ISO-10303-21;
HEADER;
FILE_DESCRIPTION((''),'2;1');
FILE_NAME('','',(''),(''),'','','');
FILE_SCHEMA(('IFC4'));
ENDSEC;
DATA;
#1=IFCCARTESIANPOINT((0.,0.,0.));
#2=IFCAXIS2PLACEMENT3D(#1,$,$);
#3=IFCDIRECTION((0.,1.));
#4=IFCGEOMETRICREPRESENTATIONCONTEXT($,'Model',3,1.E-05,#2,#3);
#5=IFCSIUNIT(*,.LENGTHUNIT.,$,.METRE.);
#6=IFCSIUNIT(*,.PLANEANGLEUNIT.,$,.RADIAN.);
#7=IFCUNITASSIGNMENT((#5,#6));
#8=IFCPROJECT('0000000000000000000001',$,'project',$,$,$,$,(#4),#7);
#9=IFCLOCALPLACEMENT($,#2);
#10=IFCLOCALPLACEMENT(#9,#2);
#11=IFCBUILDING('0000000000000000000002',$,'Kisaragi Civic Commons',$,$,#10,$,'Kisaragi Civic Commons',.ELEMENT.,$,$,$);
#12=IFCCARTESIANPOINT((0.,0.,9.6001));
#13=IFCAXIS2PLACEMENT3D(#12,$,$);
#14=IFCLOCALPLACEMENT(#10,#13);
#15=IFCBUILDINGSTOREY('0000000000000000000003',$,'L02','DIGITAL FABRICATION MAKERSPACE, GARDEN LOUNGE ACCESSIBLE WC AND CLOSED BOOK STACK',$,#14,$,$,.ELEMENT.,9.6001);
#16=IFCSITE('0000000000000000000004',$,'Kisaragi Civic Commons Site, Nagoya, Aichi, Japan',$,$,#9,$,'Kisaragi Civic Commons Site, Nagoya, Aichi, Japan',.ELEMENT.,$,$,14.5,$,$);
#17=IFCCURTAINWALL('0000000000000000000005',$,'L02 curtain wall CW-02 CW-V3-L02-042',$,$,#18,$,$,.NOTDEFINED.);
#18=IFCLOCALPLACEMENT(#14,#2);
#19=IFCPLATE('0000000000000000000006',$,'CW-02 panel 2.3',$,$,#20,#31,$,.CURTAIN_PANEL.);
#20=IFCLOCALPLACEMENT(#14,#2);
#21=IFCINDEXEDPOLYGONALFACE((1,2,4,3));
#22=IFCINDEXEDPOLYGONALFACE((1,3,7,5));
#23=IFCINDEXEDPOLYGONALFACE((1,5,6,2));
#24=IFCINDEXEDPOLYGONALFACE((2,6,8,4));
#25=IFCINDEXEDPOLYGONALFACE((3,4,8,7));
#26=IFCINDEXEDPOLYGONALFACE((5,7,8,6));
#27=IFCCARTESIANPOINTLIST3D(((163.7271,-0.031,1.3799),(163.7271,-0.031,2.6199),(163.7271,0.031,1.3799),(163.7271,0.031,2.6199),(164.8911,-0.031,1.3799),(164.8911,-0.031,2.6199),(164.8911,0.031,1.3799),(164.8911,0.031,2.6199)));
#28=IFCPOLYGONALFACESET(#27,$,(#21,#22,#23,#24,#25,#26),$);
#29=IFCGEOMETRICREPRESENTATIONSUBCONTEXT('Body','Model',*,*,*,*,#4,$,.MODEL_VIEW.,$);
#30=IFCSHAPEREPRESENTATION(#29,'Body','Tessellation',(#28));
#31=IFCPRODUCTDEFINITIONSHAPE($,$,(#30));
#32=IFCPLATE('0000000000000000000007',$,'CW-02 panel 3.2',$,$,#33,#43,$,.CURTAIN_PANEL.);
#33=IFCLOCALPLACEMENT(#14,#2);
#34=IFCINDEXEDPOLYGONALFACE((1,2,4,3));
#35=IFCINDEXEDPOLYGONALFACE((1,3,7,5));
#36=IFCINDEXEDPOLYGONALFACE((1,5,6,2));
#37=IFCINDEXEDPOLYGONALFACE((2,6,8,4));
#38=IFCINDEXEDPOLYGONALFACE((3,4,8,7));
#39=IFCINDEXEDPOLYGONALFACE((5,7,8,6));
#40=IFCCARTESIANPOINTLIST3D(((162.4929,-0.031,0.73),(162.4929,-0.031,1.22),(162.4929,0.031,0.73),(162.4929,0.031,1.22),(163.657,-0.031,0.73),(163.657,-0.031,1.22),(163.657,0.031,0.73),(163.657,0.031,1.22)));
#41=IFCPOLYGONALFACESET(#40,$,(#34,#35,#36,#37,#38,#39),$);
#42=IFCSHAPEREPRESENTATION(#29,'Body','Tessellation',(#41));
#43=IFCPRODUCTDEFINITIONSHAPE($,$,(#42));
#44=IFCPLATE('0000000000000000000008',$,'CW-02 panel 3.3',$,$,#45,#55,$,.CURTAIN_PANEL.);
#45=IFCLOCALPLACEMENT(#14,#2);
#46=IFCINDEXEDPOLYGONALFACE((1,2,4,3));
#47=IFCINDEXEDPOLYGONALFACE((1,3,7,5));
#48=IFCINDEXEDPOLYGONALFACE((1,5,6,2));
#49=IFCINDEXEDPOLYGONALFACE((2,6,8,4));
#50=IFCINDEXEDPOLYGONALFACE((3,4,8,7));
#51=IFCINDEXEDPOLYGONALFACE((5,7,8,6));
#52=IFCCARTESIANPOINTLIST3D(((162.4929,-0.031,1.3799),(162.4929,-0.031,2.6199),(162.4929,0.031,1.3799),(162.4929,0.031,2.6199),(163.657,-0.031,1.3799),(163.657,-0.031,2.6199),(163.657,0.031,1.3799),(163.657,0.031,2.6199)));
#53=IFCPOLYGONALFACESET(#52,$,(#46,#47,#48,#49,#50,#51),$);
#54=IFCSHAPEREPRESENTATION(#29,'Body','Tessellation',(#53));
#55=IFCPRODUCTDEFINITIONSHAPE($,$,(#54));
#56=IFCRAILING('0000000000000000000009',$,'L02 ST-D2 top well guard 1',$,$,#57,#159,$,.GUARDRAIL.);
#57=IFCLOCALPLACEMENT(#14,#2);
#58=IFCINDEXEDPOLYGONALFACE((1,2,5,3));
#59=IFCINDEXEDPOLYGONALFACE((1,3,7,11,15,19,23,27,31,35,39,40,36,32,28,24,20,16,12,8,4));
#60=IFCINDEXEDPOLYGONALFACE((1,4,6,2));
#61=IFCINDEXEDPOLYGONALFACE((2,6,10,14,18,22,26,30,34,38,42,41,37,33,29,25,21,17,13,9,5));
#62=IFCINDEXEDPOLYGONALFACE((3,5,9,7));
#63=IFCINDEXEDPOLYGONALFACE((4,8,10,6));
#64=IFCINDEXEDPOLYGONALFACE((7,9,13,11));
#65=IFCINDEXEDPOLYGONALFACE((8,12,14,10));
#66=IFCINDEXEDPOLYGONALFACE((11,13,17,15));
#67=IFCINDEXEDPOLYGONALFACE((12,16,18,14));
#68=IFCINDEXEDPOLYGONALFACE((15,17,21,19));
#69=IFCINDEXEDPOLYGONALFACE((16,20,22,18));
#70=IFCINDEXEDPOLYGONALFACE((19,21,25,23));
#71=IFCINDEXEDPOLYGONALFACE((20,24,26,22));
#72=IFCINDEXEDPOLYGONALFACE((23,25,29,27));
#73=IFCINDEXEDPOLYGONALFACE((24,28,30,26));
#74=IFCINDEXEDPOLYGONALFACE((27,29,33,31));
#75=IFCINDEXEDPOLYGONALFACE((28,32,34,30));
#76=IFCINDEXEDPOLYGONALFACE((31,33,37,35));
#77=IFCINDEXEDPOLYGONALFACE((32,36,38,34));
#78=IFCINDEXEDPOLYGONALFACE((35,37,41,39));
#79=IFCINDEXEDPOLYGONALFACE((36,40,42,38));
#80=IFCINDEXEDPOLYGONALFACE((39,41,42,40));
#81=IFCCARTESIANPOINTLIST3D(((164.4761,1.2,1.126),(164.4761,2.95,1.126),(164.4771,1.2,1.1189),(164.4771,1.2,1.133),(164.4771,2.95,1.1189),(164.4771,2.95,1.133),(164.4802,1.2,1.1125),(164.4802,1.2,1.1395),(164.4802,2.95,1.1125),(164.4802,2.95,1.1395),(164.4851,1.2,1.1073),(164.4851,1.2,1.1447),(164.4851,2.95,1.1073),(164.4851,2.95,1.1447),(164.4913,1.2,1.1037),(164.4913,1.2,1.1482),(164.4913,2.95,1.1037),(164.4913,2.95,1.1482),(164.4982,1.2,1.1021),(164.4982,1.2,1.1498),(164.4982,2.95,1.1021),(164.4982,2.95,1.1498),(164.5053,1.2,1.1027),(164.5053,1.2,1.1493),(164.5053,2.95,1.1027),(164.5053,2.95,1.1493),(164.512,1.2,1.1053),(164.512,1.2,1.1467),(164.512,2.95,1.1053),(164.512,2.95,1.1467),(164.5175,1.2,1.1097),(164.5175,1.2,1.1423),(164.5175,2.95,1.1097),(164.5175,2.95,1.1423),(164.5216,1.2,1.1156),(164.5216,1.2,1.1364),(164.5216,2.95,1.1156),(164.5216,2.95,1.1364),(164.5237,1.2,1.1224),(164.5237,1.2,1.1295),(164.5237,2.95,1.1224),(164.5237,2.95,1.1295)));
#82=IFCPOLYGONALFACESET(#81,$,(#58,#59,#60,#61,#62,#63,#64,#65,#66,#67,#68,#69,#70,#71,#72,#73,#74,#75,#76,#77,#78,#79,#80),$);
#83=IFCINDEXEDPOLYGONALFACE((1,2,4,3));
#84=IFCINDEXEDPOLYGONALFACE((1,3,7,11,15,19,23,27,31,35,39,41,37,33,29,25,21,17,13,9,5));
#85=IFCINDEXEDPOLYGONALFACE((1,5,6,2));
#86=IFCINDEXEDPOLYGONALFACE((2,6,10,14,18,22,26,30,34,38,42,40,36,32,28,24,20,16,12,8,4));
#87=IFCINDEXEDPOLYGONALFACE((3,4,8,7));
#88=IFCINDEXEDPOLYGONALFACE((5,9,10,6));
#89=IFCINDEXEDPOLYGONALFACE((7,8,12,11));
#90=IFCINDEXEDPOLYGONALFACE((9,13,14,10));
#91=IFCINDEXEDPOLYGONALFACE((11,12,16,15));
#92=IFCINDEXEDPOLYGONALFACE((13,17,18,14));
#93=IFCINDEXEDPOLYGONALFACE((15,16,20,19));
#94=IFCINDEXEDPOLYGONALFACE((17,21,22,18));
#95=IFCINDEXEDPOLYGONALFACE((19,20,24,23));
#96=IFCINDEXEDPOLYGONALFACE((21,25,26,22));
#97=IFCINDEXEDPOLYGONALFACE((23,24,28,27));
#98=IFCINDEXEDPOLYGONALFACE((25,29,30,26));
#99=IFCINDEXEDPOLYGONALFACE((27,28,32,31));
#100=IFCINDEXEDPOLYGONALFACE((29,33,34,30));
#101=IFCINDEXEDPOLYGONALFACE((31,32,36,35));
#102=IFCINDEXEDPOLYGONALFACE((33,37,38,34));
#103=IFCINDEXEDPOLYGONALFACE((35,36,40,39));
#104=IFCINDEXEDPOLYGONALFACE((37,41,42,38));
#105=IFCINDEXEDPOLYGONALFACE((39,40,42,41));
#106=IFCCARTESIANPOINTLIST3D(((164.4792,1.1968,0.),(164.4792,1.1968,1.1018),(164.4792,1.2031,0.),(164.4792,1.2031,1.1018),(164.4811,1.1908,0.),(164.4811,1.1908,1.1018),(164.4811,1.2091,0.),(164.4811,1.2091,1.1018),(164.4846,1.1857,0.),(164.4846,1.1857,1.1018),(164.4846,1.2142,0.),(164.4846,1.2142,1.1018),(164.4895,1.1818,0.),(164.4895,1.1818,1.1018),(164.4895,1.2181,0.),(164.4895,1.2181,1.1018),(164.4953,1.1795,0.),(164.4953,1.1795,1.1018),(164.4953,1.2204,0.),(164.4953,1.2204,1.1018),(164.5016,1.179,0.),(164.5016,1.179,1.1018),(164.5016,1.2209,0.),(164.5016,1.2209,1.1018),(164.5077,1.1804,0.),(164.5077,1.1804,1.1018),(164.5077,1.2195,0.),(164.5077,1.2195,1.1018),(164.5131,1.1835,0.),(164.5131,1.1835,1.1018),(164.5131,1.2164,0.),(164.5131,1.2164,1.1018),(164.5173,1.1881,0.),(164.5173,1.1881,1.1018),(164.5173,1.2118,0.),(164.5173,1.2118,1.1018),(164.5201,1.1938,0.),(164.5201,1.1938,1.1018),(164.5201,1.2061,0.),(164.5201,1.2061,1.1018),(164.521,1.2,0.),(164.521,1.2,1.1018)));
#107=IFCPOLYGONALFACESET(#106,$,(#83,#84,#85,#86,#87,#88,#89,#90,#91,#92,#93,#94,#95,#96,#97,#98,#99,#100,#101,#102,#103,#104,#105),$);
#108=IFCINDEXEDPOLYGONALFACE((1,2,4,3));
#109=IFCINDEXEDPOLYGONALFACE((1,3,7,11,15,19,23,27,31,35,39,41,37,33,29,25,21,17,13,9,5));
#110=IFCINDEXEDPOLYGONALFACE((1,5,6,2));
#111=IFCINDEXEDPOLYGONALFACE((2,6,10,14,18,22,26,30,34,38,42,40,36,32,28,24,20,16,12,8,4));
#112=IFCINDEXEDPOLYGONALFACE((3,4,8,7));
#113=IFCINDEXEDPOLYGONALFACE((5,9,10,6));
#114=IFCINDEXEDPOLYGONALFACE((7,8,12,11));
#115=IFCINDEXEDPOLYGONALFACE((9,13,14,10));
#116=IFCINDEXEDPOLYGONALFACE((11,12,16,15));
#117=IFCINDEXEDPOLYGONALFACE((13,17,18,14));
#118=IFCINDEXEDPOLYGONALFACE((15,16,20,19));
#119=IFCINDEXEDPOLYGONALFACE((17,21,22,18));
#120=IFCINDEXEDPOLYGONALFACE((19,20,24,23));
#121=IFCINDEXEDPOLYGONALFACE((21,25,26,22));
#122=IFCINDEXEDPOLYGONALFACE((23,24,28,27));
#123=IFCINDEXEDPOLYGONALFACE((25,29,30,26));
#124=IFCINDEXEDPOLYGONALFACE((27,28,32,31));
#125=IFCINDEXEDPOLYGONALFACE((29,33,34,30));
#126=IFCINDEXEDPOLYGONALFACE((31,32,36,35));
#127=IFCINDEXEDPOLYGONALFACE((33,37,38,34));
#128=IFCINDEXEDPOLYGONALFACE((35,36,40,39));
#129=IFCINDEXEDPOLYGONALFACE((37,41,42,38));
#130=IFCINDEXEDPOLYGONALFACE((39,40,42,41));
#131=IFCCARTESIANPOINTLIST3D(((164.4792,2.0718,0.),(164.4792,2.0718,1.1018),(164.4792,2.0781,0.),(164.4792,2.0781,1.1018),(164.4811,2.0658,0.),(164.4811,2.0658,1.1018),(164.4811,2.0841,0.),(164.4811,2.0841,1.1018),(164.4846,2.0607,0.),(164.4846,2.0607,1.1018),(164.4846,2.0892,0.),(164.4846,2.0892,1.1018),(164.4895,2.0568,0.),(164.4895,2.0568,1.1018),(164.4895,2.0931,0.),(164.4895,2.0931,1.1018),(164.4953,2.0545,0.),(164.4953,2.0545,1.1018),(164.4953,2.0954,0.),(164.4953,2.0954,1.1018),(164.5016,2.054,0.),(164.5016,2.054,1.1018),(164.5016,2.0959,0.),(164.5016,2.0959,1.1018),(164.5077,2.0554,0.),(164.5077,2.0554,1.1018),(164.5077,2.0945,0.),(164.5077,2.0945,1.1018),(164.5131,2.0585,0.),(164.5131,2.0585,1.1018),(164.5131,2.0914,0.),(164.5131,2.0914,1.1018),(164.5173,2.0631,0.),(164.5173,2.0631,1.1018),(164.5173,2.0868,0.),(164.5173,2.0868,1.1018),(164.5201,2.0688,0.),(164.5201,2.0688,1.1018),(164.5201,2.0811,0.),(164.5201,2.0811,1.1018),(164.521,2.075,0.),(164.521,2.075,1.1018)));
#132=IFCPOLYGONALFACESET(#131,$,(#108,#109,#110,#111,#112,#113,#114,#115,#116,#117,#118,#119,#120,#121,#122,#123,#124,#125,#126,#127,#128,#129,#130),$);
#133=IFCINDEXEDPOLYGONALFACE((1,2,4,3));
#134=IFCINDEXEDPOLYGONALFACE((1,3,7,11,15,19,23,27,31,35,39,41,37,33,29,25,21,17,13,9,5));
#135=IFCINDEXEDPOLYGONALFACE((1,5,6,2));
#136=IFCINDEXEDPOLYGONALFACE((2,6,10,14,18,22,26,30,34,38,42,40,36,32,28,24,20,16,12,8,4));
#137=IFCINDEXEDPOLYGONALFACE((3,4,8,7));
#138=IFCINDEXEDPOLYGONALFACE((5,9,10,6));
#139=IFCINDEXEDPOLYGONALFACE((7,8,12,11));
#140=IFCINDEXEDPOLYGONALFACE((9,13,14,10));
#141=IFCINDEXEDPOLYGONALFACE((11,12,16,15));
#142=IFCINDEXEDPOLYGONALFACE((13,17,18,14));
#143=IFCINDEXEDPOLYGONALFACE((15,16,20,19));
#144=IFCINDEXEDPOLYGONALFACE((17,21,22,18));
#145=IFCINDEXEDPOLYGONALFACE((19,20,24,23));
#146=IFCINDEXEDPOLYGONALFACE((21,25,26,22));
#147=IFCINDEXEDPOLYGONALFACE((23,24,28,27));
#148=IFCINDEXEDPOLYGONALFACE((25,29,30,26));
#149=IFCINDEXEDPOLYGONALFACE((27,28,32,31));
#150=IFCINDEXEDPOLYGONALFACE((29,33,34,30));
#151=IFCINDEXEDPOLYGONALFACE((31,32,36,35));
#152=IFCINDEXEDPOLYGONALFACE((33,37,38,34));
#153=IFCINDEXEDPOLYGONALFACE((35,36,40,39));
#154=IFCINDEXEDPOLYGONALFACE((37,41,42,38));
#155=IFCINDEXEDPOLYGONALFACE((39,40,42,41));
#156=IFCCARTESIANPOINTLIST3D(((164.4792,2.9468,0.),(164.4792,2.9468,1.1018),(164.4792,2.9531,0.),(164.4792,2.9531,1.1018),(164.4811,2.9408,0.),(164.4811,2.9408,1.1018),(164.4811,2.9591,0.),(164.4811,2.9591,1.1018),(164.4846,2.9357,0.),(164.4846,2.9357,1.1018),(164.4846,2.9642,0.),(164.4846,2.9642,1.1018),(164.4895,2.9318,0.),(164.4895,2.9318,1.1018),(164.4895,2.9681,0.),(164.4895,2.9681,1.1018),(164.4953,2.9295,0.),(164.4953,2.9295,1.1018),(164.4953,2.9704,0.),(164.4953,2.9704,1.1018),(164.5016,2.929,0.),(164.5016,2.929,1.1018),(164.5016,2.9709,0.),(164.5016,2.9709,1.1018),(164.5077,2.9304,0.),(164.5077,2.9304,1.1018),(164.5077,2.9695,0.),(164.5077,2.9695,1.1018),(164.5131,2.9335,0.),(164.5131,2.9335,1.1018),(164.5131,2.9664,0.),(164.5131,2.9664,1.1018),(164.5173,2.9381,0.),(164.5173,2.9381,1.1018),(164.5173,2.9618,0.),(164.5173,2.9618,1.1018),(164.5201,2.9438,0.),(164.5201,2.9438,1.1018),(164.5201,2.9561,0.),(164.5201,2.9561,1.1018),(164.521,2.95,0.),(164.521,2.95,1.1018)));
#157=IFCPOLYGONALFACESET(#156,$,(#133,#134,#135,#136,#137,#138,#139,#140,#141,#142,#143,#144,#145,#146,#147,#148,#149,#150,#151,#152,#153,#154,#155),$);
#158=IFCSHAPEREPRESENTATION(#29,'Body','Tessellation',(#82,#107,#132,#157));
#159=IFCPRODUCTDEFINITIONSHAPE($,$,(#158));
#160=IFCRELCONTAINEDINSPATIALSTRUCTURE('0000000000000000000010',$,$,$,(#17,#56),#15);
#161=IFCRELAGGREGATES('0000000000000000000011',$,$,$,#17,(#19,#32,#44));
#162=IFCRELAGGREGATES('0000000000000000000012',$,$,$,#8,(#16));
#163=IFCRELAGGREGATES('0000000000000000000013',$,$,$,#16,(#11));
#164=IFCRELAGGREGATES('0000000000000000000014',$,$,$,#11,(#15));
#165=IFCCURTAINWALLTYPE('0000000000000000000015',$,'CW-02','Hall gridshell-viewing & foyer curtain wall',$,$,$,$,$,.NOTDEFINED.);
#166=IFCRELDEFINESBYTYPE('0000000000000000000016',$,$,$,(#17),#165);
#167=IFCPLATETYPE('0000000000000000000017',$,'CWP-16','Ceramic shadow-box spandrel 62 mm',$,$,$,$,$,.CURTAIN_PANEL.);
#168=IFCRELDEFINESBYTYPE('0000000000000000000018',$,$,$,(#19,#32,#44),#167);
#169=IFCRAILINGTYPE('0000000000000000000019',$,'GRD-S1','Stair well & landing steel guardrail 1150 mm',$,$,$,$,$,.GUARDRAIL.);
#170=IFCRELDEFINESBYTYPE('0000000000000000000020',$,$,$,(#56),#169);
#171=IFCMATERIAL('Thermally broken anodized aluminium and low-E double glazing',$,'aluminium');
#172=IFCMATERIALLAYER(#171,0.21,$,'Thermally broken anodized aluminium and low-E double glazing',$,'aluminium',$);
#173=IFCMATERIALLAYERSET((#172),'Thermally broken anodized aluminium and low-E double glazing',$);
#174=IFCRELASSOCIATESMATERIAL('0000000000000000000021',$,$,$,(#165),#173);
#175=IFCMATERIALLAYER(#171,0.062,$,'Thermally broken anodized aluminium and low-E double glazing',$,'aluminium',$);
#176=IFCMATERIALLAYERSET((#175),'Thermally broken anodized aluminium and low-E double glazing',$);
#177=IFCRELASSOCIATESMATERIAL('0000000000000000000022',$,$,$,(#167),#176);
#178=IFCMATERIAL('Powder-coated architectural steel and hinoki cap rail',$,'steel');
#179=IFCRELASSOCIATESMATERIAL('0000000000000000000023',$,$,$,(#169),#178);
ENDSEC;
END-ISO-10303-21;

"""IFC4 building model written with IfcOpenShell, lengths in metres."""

from ifc_helpers import new_model, si_unit, direction, frame, origin, origin_2d, place, context, subcontext, project, spatial, rectangle, circle, extrude, material, layer, layer_set, type_object, element, aggregate, save


model = new_model("IFC4")

# Units and contexts
model_context = context("Model", 3, precision=1e-05, world=origin(), true_north=direction((0.0, 1.0)))
body_context = subcontext(model_context, "Body", "Model", "MODEL_VIEW")
ifc_project = project(units=[si_unit("LENGTHUNIT", "METRE"), si_unit("PLANEANGLEUNIT", "RADIAN")], contexts=[model_context])

# Site, building, storey
site_placement = place(None, origin())
site = spatial("IfcSite", under=ifc_project, at=site_placement, Name="Kisaragi Civic Commons Site, Nagoya, Aichi, Japan", LongName="Kisaragi Civic Commons Site, Nagoya, Aichi, Japan", CompositionType="ELEMENT", RefElevation=14.5)
building_placement = place(site_placement, origin())
building = spatial("IfcBuilding", under=site, at=building_placement, Name="Kisaragi Civic Commons", LongName="Kisaragi Civic Commons", CompositionType="ELEMENT")
storey_placement = place(building_placement, frame((0.0, 0.0, 9.6001)))
storey = spatial("IfcBuildingStorey", under=building, at=storey_placement, Name="L02", Description="DIGITAL FABRICATION MAKERSPACE, GARDEN LOUNGE ACCESSIBLE WC AND CLOSED BOOK STACK", CompositionType="ELEMENT", Elevation=9.6001)

# Shared definitions
ifc_material_1 = material(Name="Thermally broken anodized aluminium and low-E double glazing", Category="aluminium")
ifc_layer_1 = layer(ifc_material_1, 0.21, Name="Thermally broken anodized aluminium and low-E double glazing", Category="aluminium")
ifc_layer_set_1 = layer_set([ifc_layer_1], Name="Thermally broken anodized aluminium and low-E double glazing")
curtain_wall_type = type_object("IfcCurtainWallType", Name="CW-02", Description="Hall gridshell-viewing & foyer curtain wall", PredefinedType="NOTDEFINED", material=ifc_layer_set_1)

# Curtain wall
curtain_wall_1_placement = place(storey_placement, origin())
curtain_wall_1 = element("IfcCurtainWall", 1, at=curtain_wall_1_placement, inside=storey, type_object=curtain_wall_type, Name="L02 curtain wall CW-02 CW-V3-L02-042", PredefinedType="NOTDEFINED")

# Plates
ifc_layer_2 = layer(ifc_material_1, 0.062, Name="Thermally broken anodized aluminium and low-E double glazing", Category="aluminium")
ifc_layer_set_2 = layer_set([ifc_layer_2], Name="Thermally broken anodized aluminium and low-E double glazing")
plate_type_1 = type_object("IfcPlateType", Name="CWP-16", Description="Ceramic shadow-box spandrel 62 mm", PredefinedType="CURTAIN_PANEL", material=ifc_layer_set_2)
plate_1_placement = place(storey_placement, frame((164.3091, 0.0, 1.3799), z_axis=(0.0, 0.0, 1.0), x_axis=(-1.0, 0.0, 0.0)))
plate_1 = element("IfcPlate", 2, at=plate_1_placement, type_object=plate_type_1, Name="CW-02 panel 2.3", PredefinedType="CURTAIN_PANEL", context=body_context, shape_type="SweptSolid", body=[
    extrude(rectangle(XDim=1.1641, YDim=0.062, at=origin_2d()), origin(), (0.0, 0.0, 1.0), 1.24),
])
plate_2_placement = place(storey_placement, frame((163.075, 0.0, 0.73), z_axis=(0.0, 0.0, 1.0), x_axis=(-1.0, 0.0, 0.0)))
plate_2 = element("IfcPlate", 3, at=plate_2_placement, type_object=plate_type_1, Name="CW-02 panel 3.2", PredefinedType="CURTAIN_PANEL", context=body_context, shape_type="SweptSolid", body=[
    extrude(rectangle(XDim=1.1641, YDim=0.062, at=origin_2d()), origin(), (0.0, 0.0, 1.0), 0.49),
])
plate_3_placement = place(storey_placement, frame((163.075, 0.0, 1.3799), z_axis=(0.0, 0.0, 1.0), x_axis=(-1.0, 0.0, 0.0)))
plate_3 = element("IfcPlate", 4, at=plate_3_placement, type_object=plate_type_1, Name="CW-02 panel 3.3", PredefinedType="CURTAIN_PANEL", context=body_context, shape_type="SweptSolid", body=[
    extrude(rectangle(XDim=1.1641, YDim=0.062, at=origin_2d()), origin(), (0.0, 0.0, 1.0), 1.24),
])
aggregate(curtain_wall_1, [plate_1, plate_2, plate_3])

# Railing
ifc_material_2 = material(Name="Powder-coated architectural steel and hinoki cap rail", Category="steel")
railing_type = type_object("IfcRailingType", Name="GRD-S1", Description="Stair well & landing steel guardrail 1150 mm", PredefinedType="GUARDRAIL", material=ifc_material_2)
railing_placement = place(storey_placement, frame((164.5, 1.2, 0.0)))
element("IfcRailing", 5, at=railing_placement, inside=storey, type_object=railing_type, Name="L02 ST-D2 top well guard 1", PredefinedType="GUARDRAIL", context=body_context, shape_type="SweptSolid", body=[
    extrude(circle(Radius=0.0239, at=origin_2d()), frame((0.0, 0.0, 1.126), z_axis=(0.0, 1.0, 0.0), x_axis=(-1.0, 0.0, 0.0)), (0.0, 0.0, 1.0), 1.75),
    extrude(circle(Radius=0.021, at=origin_2d()), origin(), (0.0, 0.0, 1.0), 1.1018),
    extrude(circle(Radius=0.021, at=origin_2d()), frame((0.0, 0.875, 0.0)), (0.0, 0.0, 1.0), 1.1018),
    extrude(circle(Radius=0.021, at=origin_2d()), frame((0.0, 1.75, 0.0)), (0.0, 0.0, 1.0), 1.1018),
])

save(model, "model.ifc")
